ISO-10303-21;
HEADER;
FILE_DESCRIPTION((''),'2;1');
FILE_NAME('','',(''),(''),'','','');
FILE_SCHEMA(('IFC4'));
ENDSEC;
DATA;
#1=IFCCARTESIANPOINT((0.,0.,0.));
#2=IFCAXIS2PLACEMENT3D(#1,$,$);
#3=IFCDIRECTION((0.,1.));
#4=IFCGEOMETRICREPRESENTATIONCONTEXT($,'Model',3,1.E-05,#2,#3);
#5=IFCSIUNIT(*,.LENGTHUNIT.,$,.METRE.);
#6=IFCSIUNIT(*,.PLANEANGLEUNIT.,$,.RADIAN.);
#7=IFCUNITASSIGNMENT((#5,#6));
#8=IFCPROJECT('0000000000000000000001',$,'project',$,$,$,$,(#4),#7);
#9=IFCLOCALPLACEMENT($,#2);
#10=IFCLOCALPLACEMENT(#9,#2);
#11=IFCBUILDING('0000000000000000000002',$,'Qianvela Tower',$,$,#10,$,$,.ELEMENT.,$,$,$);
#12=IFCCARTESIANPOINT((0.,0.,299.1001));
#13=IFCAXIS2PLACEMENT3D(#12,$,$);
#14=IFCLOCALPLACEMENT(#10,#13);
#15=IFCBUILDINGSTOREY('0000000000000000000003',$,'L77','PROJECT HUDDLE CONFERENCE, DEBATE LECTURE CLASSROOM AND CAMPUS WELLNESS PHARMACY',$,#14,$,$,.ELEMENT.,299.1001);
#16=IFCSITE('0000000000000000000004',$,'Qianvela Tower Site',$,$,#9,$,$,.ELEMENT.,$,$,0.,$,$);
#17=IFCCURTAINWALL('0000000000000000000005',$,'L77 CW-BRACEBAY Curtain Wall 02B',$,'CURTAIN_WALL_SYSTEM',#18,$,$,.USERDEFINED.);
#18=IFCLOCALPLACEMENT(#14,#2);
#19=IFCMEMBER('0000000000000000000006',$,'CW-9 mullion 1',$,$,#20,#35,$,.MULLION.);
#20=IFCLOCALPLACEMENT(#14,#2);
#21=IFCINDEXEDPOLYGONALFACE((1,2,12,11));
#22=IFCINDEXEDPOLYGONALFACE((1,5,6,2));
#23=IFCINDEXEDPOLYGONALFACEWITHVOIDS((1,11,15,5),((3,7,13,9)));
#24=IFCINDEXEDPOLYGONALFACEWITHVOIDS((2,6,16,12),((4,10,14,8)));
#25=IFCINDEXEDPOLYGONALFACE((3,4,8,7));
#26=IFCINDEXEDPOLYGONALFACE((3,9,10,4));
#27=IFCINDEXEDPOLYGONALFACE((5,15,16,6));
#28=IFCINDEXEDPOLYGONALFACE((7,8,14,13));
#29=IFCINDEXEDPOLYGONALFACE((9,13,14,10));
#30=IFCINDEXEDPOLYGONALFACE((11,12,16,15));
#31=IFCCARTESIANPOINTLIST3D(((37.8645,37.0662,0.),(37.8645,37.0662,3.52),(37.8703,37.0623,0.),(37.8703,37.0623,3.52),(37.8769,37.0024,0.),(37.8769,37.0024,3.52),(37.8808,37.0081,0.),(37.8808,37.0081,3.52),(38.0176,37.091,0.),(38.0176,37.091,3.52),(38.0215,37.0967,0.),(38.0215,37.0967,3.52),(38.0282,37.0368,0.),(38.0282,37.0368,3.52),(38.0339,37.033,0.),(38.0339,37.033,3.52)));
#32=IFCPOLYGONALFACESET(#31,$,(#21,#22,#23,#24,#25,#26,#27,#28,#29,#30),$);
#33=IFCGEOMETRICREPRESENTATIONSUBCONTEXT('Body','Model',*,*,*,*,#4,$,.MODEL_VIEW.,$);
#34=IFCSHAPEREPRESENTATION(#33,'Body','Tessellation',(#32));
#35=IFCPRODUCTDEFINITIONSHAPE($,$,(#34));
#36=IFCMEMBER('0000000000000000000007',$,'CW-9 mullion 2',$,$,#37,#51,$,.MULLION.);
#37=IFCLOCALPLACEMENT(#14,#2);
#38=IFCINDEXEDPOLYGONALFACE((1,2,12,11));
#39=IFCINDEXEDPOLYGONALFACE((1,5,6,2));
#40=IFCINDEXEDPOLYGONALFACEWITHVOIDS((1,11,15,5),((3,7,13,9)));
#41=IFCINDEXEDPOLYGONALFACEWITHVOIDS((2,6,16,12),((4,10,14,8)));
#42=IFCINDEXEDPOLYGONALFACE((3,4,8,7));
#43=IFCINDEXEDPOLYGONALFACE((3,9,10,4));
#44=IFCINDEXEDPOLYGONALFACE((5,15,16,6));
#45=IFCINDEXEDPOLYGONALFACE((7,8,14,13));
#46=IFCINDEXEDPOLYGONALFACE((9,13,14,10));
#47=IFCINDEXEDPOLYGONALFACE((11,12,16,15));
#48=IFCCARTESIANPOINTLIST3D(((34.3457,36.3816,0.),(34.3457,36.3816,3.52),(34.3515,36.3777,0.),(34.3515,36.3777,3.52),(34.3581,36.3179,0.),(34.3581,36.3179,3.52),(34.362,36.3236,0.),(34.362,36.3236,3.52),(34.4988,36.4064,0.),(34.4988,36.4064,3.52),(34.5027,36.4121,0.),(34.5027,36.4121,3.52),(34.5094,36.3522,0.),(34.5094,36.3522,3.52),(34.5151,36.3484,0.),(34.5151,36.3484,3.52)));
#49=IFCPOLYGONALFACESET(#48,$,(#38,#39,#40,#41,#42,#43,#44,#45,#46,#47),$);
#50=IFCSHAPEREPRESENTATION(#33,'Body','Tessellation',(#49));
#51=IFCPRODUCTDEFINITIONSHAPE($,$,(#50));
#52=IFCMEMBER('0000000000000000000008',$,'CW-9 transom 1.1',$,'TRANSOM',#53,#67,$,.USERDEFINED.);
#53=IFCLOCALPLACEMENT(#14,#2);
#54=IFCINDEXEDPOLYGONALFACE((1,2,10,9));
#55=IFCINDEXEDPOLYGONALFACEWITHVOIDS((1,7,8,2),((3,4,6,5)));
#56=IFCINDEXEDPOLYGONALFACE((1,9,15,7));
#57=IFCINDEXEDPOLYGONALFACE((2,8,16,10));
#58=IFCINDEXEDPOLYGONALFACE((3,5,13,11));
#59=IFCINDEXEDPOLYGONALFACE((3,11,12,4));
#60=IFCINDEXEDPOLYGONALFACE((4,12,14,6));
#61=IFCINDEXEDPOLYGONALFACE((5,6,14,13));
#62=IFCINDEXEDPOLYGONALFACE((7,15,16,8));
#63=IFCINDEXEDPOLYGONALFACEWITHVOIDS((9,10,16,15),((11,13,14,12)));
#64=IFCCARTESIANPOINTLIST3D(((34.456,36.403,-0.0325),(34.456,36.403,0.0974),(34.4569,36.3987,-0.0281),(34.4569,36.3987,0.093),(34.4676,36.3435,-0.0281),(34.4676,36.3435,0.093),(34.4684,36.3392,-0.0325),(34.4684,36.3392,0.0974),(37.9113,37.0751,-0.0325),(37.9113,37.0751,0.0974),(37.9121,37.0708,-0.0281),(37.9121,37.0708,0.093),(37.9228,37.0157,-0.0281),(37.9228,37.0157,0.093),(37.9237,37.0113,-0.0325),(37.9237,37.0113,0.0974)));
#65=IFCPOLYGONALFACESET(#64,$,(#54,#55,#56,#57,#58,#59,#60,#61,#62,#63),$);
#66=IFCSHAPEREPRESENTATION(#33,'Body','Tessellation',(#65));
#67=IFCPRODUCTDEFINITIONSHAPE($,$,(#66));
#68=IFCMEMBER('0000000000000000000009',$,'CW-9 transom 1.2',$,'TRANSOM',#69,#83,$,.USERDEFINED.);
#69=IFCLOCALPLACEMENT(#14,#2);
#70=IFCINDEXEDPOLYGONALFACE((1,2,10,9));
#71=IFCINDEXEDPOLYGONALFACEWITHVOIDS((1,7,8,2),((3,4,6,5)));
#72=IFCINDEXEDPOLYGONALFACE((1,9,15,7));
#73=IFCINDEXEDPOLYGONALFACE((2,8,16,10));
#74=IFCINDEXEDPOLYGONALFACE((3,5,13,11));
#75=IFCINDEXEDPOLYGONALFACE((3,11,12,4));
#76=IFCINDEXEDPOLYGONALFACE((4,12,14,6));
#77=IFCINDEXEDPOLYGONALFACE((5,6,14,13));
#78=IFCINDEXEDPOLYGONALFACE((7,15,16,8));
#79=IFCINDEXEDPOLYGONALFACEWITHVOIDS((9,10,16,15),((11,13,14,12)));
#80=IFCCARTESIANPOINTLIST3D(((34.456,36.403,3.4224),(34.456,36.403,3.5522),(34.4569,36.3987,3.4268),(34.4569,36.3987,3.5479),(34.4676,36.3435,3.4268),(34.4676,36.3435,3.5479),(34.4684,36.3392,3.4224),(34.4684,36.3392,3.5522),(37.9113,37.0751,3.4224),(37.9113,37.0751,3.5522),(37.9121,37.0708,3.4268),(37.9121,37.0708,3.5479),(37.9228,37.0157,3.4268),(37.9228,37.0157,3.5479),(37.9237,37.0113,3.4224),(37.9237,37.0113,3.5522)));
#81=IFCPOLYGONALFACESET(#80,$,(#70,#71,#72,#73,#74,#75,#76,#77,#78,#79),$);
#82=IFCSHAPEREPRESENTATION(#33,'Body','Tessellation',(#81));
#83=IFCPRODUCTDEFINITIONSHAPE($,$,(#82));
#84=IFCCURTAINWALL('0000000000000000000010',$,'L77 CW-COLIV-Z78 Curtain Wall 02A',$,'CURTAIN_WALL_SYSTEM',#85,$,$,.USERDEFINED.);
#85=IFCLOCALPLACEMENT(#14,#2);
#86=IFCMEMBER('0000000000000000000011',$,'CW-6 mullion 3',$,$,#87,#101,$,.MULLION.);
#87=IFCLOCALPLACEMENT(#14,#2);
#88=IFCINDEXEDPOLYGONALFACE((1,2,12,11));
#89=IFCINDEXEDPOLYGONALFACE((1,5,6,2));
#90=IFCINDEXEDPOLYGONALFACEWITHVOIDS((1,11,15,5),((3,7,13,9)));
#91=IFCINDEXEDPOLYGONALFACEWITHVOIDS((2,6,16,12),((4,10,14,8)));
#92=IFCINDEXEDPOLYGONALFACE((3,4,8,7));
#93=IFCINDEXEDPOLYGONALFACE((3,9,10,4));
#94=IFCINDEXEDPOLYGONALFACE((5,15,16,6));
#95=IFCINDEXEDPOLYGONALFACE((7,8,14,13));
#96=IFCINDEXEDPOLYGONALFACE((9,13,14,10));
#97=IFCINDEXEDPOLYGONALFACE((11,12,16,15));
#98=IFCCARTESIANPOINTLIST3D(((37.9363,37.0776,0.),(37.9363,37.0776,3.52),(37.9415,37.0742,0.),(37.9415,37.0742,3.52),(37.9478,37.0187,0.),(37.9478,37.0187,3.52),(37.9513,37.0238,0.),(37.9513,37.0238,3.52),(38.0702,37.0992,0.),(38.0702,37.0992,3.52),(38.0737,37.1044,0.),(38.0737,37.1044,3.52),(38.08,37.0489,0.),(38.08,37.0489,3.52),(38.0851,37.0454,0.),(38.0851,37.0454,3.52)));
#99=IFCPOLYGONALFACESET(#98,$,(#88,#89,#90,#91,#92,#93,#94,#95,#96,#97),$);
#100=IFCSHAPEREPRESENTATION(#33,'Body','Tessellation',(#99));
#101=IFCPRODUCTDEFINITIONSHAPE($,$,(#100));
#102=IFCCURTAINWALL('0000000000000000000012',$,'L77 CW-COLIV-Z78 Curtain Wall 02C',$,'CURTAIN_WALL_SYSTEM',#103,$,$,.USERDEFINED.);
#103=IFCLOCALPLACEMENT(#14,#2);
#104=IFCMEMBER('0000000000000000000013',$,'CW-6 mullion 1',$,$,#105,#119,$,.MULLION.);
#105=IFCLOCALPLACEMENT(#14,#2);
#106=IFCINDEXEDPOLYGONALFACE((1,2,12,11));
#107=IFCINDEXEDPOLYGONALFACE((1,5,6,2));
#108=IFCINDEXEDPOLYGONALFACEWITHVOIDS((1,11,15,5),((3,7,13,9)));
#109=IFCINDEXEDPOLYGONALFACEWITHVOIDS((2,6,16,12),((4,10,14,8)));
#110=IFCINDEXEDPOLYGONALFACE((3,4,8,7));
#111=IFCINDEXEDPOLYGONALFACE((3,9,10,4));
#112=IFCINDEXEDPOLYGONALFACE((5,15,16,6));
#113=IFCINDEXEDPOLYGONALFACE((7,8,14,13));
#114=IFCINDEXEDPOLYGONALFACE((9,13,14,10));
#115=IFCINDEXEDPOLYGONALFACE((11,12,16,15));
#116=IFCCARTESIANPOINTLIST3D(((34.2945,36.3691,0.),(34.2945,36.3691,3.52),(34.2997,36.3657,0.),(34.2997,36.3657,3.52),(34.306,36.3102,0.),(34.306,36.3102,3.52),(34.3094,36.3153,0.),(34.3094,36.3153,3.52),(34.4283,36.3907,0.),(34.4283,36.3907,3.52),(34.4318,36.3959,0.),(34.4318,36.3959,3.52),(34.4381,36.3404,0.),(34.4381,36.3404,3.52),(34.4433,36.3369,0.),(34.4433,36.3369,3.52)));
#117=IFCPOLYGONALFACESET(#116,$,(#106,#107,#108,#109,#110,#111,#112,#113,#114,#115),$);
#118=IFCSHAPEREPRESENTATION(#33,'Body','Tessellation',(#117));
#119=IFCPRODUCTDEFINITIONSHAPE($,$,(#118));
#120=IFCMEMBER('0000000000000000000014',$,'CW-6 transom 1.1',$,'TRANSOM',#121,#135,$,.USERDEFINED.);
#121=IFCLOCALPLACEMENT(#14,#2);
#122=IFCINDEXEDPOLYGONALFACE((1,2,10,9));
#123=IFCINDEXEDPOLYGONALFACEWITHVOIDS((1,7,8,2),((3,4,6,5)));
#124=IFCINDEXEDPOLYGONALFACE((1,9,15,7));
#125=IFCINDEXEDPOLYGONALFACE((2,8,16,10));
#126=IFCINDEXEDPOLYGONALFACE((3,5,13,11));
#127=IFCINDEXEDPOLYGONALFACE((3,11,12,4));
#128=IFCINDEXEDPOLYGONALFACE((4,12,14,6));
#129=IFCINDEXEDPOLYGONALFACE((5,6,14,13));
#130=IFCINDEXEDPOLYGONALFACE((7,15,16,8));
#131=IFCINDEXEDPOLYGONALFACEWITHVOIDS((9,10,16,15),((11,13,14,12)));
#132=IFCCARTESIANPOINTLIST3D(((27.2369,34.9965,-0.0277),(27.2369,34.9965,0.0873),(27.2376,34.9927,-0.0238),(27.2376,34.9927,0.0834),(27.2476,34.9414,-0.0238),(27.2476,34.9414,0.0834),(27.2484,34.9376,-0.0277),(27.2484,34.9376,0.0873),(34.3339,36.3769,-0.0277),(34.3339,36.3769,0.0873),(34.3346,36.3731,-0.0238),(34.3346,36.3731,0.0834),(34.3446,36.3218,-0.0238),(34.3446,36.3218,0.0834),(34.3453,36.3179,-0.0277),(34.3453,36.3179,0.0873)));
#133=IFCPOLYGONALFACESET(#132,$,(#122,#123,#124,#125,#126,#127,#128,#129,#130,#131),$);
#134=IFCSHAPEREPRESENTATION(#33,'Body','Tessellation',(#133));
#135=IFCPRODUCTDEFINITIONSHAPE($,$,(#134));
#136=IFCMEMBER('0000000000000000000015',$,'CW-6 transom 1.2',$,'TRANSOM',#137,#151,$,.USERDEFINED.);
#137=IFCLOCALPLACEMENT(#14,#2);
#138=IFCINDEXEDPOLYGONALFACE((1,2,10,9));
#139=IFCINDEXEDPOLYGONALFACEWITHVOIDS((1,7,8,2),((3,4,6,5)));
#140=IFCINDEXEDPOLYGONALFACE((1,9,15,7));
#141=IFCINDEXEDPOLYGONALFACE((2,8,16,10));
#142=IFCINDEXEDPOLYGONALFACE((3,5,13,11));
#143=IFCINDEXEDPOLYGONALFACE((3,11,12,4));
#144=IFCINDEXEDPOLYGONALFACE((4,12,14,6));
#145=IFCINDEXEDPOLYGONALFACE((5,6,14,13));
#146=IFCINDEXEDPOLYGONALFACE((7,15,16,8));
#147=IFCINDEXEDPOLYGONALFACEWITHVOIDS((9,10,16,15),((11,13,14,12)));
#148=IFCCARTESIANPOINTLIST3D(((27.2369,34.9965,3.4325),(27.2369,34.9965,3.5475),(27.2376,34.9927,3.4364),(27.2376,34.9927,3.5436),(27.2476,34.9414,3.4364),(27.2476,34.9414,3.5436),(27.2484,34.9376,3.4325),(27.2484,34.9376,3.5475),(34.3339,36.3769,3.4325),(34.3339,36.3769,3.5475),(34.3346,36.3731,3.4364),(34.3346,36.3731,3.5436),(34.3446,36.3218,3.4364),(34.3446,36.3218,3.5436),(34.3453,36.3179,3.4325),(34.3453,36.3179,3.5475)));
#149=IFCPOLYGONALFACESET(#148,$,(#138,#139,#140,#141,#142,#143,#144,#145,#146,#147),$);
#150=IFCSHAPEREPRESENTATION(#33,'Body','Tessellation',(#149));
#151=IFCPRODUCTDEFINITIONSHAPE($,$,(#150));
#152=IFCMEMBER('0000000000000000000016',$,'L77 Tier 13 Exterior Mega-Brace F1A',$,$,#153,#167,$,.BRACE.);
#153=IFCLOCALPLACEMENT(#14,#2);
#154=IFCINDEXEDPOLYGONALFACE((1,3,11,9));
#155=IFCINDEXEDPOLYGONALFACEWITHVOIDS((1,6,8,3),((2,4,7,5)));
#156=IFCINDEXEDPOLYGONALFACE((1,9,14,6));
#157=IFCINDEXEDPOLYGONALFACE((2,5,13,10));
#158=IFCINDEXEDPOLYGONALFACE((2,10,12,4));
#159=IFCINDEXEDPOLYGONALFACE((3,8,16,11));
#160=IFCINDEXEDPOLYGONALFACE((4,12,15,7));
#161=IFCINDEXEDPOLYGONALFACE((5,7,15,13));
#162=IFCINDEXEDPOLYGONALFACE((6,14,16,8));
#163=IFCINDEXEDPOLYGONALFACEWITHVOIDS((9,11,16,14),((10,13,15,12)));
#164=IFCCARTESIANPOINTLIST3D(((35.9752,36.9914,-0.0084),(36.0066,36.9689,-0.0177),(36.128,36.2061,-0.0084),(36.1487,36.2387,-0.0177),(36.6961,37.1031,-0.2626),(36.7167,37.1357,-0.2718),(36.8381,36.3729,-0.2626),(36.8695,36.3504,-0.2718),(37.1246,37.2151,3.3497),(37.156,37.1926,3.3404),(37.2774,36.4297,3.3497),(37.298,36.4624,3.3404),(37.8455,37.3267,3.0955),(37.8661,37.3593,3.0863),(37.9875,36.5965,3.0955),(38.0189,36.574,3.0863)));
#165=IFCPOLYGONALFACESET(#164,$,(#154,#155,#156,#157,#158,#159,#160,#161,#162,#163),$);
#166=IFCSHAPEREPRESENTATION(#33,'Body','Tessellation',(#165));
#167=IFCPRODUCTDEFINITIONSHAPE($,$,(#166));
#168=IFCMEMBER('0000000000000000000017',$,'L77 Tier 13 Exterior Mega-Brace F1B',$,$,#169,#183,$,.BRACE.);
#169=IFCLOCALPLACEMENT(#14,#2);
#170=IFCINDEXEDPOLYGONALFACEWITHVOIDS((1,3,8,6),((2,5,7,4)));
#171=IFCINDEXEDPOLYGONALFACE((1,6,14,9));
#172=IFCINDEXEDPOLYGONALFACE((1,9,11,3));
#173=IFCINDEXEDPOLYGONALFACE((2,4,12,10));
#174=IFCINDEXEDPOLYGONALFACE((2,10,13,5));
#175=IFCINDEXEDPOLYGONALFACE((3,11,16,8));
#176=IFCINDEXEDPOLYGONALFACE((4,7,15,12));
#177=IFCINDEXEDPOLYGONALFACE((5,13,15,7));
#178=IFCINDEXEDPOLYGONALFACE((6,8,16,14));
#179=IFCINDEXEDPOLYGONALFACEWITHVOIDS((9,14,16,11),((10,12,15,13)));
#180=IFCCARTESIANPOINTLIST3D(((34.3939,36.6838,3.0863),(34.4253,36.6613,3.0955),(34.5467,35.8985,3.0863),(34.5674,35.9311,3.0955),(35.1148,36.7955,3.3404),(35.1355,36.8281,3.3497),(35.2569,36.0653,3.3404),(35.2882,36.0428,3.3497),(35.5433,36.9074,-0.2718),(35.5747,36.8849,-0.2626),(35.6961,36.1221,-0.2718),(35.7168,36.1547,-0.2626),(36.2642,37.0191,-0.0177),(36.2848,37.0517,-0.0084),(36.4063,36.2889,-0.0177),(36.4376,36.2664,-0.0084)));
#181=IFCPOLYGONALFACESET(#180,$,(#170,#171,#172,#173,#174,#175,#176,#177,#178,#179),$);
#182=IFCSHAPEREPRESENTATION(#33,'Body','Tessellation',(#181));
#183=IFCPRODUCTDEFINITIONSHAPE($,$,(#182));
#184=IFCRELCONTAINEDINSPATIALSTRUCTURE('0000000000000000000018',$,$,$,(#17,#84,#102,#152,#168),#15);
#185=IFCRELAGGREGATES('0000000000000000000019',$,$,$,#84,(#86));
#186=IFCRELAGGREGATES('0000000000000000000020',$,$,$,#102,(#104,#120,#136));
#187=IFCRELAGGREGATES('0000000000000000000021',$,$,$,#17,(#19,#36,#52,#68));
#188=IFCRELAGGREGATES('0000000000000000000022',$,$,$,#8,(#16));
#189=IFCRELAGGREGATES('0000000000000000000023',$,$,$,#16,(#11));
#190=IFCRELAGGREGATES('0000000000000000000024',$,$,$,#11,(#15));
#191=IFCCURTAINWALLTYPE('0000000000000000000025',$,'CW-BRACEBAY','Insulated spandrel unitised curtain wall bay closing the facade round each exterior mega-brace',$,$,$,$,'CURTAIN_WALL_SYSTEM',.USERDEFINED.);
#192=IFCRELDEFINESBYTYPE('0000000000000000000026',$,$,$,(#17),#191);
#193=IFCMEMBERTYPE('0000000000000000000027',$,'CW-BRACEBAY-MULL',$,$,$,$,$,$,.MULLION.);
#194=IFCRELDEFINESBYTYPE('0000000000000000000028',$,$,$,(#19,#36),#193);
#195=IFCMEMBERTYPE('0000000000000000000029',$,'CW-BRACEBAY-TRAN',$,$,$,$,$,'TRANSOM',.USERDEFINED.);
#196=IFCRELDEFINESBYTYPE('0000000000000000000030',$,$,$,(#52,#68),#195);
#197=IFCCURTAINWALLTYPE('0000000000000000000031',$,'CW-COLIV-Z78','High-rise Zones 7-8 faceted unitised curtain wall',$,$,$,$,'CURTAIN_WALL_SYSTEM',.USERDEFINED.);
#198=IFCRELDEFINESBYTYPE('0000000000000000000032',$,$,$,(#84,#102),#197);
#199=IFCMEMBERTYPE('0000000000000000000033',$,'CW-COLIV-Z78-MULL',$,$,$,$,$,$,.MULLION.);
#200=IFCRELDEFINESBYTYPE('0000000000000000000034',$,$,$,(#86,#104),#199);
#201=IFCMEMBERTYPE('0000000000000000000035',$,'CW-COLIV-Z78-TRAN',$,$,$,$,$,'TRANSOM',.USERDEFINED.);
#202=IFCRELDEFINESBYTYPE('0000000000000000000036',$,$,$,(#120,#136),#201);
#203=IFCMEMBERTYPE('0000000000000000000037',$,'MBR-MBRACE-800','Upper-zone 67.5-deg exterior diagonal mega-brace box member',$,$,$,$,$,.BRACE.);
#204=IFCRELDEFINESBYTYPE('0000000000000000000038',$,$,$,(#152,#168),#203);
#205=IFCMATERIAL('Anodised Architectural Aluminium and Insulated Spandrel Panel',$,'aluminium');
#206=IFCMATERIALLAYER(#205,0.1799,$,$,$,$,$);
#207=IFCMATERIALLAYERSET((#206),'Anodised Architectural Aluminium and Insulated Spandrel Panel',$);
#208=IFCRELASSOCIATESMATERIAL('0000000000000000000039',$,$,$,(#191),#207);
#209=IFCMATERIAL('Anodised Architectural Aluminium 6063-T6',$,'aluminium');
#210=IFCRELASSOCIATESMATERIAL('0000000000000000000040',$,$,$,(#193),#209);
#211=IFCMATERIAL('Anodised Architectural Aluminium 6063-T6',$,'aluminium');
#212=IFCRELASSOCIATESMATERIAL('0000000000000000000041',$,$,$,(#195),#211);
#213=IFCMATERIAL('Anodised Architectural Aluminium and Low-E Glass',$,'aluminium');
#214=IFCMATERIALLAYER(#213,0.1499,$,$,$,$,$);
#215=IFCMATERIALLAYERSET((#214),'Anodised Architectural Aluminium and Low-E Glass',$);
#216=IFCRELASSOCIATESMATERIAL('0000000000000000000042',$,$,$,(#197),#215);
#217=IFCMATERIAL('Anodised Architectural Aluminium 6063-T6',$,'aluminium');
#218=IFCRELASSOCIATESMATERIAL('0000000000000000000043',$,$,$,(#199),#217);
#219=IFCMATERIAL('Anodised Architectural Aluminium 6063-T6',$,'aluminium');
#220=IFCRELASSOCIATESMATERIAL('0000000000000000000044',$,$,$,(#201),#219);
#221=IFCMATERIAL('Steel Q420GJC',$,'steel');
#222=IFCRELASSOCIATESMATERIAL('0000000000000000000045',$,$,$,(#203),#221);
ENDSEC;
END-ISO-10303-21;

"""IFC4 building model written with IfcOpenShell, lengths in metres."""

from ifc_helpers import new_model, si_unit, direction, frame, origin, origin_2d, place, context, subcontext, project, spatial, hollow_rectangle, extrude, material, layer, layer_set, material_profile, profile_set, type_object, element, aggregate, save


model = new_model("IFC4")

# Units and contexts
model_context = context("Model", 3, precision=1e-05, world=origin(), true_north=direction((0.0, 1.0)))
body_context = subcontext(model_context, "Body", "Model", "MODEL_VIEW")
ifc_project = project(units=[si_unit("LENGTHUNIT", "METRE"), si_unit("PLANEANGLEUNIT", "RADIAN")], contexts=[model_context])

# Site, building, storey
site_placement = place(None, origin())
site = spatial("IfcSite", under=ifc_project, at=site_placement, Name="Qianvela Tower Site", CompositionType="ELEMENT", RefElevation=0.0)
building_placement = place(site_placement, origin())
building = spatial("IfcBuilding", under=site, at=building_placement, Name="Qianvela Tower", CompositionType="ELEMENT")
storey_placement = place(building_placement, frame((0.0, 0.0, 299.1001)))
storey = spatial("IfcBuildingStorey", under=building, at=storey_placement, Name="L77", Description="PROJECT HUDDLE CONFERENCE, DEBATE LECTURE CLASSROOM AND CAMPUS WELLNESS PHARMACY", CompositionType="ELEMENT", Elevation=299.1001)

# Curtain wall, members
ifc_material_1 = material(Name="Anodised Architectural Aluminium and Insulated Spandrel Panel", Category="aluminium")
ifc_layer_1 = layer(ifc_material_1, 0.1799)
ifc_layer_set_1 = layer_set([ifc_layer_1], Name="Anodised Architectural Aluminium and Insulated Spandrel Panel")
curtain_wall_type_1 = type_object("IfcCurtainWallType", Name="CW-BRACEBAY", Description="Insulated spandrel unitised curtain wall bay closing the facade round each exterior mega-brace", ElementType="CURTAIN_WALL_SYSTEM", PredefinedType="USERDEFINED", material=ifc_layer_set_1)
curtain_wall_1_placement = place(storey_placement, origin())
curtain_wall_1 = element("IfcCurtainWall", 1, at=curtain_wall_1_placement, inside=storey, type_object=curtain_wall_type_1, Name="L77 CW-BRACEBAY Curtain Wall 02B", ObjectType="CURTAIN_WALL_SYSTEM", PredefinedType="USERDEFINED")
ifc_material_2 = material(Name="Anodised Architectural Aluminium 6063-T6", Category="aluminium")
ifc_material_profile_1 = material_profile(ifc_material_2, hollow_rectangle(XDim=0.0649, YDim=0.1599, WallThickness=0.0049, at=origin_2d()), Name="ALU-MULL-65x160")
ifc_profile_set_1 = profile_set([ifc_material_profile_1], Name="Anodised Architectural Aluminium 6063-T6")
member_type_1 = type_object("IfcMemberType", Name="CW-BRACEBAY-MULL", PredefinedType="MULLION", material=ifc_profile_set_1)
member_1_placement = place(storey_placement, frame((37.9492, 37.0496, 0.0), z_axis=(0.0, 0.0, 1.0), x_axis=(0.190934, -0.981603, 0.0)))
member_1 = element("IfcMember", 2, at=member_1_placement, type_object=member_type_1, Name="CW-9 mullion 1", PredefinedType="MULLION", context=body_context, shape_type="SweptSolid", body=[
    extrude(hollow_rectangle(XDim=0.0649, YDim=0.1599, WallThickness=0.0049, at=origin_2d()), origin(), (0.0, 0.0, 1.0), 3.52),
])
member_2_placement = place(storey_placement, frame((34.4304, 36.365, 0.0), z_axis=(0.0, 0.0, 1.0), x_axis=(0.190934, -0.981603, 0.0)))
member_2 = element("IfcMember", 3, at=member_2_placement, type_object=member_type_1, Name="CW-9 mullion 2", PredefinedType="MULLION", context=body_context, shape_type="SweptSolid", body=[
    extrude(hollow_rectangle(XDim=0.0649, YDim=0.1599, WallThickness=0.0049, at=origin_2d()), origin(), (0.0, 0.0, 1.0), 3.52),
])
ifc_material_3 = material(Name="Anodised Architectural Aluminium 6063-T6", Category="aluminium")
ifc_material_profile_2 = material_profile(ifc_material_3, hollow_rectangle(XDim=0.0649, YDim=0.1299, WallThickness=0.0044, at=origin_2d()), Name="ALU-TRAN-65x130")
ifc_profile_set_2 = profile_set([ifc_material_profile_2], Name="Anodised Architectural Aluminium 6063-T6")
member_type_2 = type_object("IfcMemberType", Name="CW-BRACEBAY-TRAN", ElementType="TRANSOM", PredefinedType="USERDEFINED", material=ifc_profile_set_2)
member_3_placement = place(storey_placement, frame((37.9175, 37.0432, 0.0325), z_axis=(-0.981602, -0.190938, 0.0), x_axis=(0.190938, -0.981602, 0.0)))
member_3 = element("IfcMember", 4, at=member_3_placement, type_object=member_type_2, Name="CW-9 transom 1.1", ObjectType="TRANSOM", PredefinedType="USERDEFINED", context=body_context, shape_type="SweptSolid", body=[
    extrude(hollow_rectangle(XDim=0.0649, YDim=0.1299, WallThickness=0.0044, at=origin_2d()), origin(), (0.0, 0.0, 1.0), 3.52),
])
member_4_placement = place(storey_placement, frame((37.9175, 37.0432, 3.4873), z_axis=(-0.981602, -0.190938, 0.0), x_axis=(0.190938, -0.981602, 0.0)))
member_4 = element("IfcMember", 5, at=member_4_placement, type_object=member_type_2, Name="CW-9 transom 1.2", ObjectType="TRANSOM", PredefinedType="USERDEFINED", context=body_context, shape_type="SweptSolid", body=[
    extrude(hollow_rectangle(XDim=0.0649, YDim=0.1299, WallThickness=0.0044, at=origin_2d()), origin(), (0.0, 0.0, 1.0), 3.52),
])

# Curtain wall, member
ifc_material_4 = material(Name="Anodised Architectural Aluminium and Low-E Glass", Category="aluminium")
ifc_layer_2 = layer(ifc_material_4, 0.1499)
ifc_layer_set_2 = layer_set([ifc_layer_2], Name="Anodised Architectural Aluminium and Low-E Glass")
curtain_wall_type_2 = type_object("IfcCurtainWallType", Name="CW-COLIV-Z78", Description="High-rise Zones 7-8 faceted unitised curtain wall", ElementType="CURTAIN_WALL_SYSTEM", PredefinedType="USERDEFINED", material=ifc_layer_set_2)
curtain_wall_2_placement = place(storey_placement, origin())
curtain_wall_2 = element("IfcCurtainWall", 6, at=curtain_wall_2_placement, inside=storey, type_object=curtain_wall_type_2, Name="L77 CW-COLIV-Z78 Curtain Wall 02A", ObjectType="CURTAIN_WALL_SYSTEM", PredefinedType="USERDEFINED")
ifc_material_5 = material(Name="Anodised Architectural Aluminium 6063-T6", Category="aluminium")
ifc_material_profile_3 = material_profile(ifc_material_5, hollow_rectangle(XDim=0.0601, YDim=0.1399, WallThickness=0.0044, at=origin_2d()), Name="ALU-MULL-60x140")
ifc_profile_set_3 = profile_set([ifc_material_profile_3], Name="Anodised Architectural Aluminium 6063-T6")
member_type_3 = type_object("IfcMemberType", Name="CW-COLIV-Z78-MULL", PredefinedType="MULLION", material=ifc_profile_set_3)
member_5_placement = place(storey_placement, frame((38.0107, 37.0615, 0.0), z_axis=(0.0, 0.0, 1.0), x_axis=(0.19093, -0.981604, 0.0)))
member_5 = element("IfcMember", 7, at=member_5_placement, type_object=member_type_3, Name="CW-6 mullion 3", PredefinedType="MULLION", context=body_context, shape_type="SweptSolid", body=[
    extrude(hollow_rectangle(XDim=0.0601, YDim=0.1399, WallThickness=0.0044, at=origin_2d()), origin(), (0.0, 0.0, 1.0), 3.52),
])
aggregate(curtain_wall_2, [member_5])

# Curtain wall, members
curtain_wall_3_placement = place(storey_placement, origin())
curtain_wall_3 = element("IfcCurtainWall", 8, at=curtain_wall_3_placement, inside=storey, type_object=curtain_wall_type_2, Name="L77 CW-COLIV-Z78 Curtain Wall 02C", ObjectType="CURTAIN_WALL_SYSTEM", PredefinedType="USERDEFINED")
member_6_placement = place(storey_placement, frame((34.3689, 36.353, 0.0), z_axis=(0.0, 0.0, 1.0), x_axis=(0.190933, -0.981603, 0.0)))
member_6 = element("IfcMember", 9, at=member_6_placement, type_object=member_type_3, Name="CW-6 mullion 1", PredefinedType="MULLION", context=body_context, shape_type="SweptSolid", body=[
    extrude(hollow_rectangle(XDim=0.0601, YDim=0.1399, WallThickness=0.0044, at=origin_2d()), origin(), (0.0, 0.0, 1.0), 3.52),
])
ifc_material_6 = material(Name="Anodised Architectural Aluminium 6063-T6", Category="aluminium")
ifc_material_profile_4 = material_profile(ifc_material_6, hollow_rectangle(XDim=0.0601, YDim=0.115, WallThickness=0.0039, at=origin_2d()), Name="ALU-TRAN-60x115")
ifc_profile_set_4 = profile_set([ifc_material_profile_4], Name="Anodised Architectural Aluminium 6063-T6")
member_type_4 = type_object("IfcMemberType", Name="CW-COLIV-Z78-TRAN", ElementType="TRANSOM", PredefinedType="USERDEFINED", material=ifc_profile_set_4)
member_7_placement = place(storey_placement, frame((34.3396, 36.3474, 0.0298), z_axis=(-0.981605, -0.190925, 0.0), x_axis=(0.190925, -0.981605, 0.0)))
member_7 = element("IfcMember", 10, at=member_7_placement, type_object=member_type_4, Name="CW-6 transom 1.1", ObjectType="TRANSOM", PredefinedType="USERDEFINED", context=body_context, shape_type="SweptSolid", body=[
    extrude(hollow_rectangle(XDim=0.0601, YDim=0.115, WallThickness=0.0039, at=origin_2d()), origin(), (0.0, 0.0, 1.0), 7.23),
])
member_8_placement = place(storey_placement, frame((34.3396, 36.3474, 3.49), z_axis=(-0.981605, -0.190925, 0.0), x_axis=(0.190925, -0.981605, 0.0)))
member_8 = element("IfcMember", 11, at=member_8_placement, type_object=member_type_4, Name="CW-6 transom 1.2", ObjectType="TRANSOM", PredefinedType="USERDEFINED", context=body_context, shape_type="SweptSolid", body=[
    extrude(hollow_rectangle(XDim=0.0601, YDim=0.115, WallThickness=0.0039, at=origin_2d()), origin(), (0.0, 0.0, 1.0), 7.23),
])
aggregate(curtain_wall_3, [member_6, member_7, member_8])

# Members
ifc_material_7 = material(Name="Steel Q420GJC", Category="steel")
ifc_material_profile_5 = material_profile(ifc_material_7, hollow_rectangle(XDim=0.8, YDim=0.8, WallThickness=0.0281, at=origin_2d()), Name="MBOX-800x800x28")
ifc_profile_set_5 = profile_set([ifc_material_profile_5], Name="Steel Q420GJC")
member_type_5 = type_object("IfcMemberType", Name="MBR-MBRACE-800", Description="Upper-zone 67.5-deg exterior diagonal mega-brace box member", PredefinedType="BRACE", material=ifc_profile_set_5)
for number, where, z_axis, x_axis, name in (
    (12, (36.4224, 36.6709, -0.1401), (0.323191, 0.062881, 0.944242), (-0.190981, 0.981594, 0.0), "L77 Tier 13 Exterior Mega-Brace F1A"),
    (13, (35.9905, 36.5869, -0.1401), (-0.323191, -0.062881, 0.944242), (0.190981, -0.981594, 0.0), "L77 Tier 13 Exterior Mega-Brace F1B"),
):
    element("IfcMember", number, at=place(storey_placement, frame(where, z_axis=z_axis, x_axis=x_axis)), inside=storey, type_object=member_type_5, Name=name, PredefinedType="BRACE", context=body_context, shape_type="SweptSolid", body=[
        extrude(hollow_rectangle(XDim=0.8, YDim=0.8, WallThickness=0.0281, at=origin_2d()), origin(), (0.0, 0.0, 1.0), 3.5564),
    ])

aggregate(curtain_wall_1, [member_1, member_2, member_3, member_4])

save(model, "model.ifc")
